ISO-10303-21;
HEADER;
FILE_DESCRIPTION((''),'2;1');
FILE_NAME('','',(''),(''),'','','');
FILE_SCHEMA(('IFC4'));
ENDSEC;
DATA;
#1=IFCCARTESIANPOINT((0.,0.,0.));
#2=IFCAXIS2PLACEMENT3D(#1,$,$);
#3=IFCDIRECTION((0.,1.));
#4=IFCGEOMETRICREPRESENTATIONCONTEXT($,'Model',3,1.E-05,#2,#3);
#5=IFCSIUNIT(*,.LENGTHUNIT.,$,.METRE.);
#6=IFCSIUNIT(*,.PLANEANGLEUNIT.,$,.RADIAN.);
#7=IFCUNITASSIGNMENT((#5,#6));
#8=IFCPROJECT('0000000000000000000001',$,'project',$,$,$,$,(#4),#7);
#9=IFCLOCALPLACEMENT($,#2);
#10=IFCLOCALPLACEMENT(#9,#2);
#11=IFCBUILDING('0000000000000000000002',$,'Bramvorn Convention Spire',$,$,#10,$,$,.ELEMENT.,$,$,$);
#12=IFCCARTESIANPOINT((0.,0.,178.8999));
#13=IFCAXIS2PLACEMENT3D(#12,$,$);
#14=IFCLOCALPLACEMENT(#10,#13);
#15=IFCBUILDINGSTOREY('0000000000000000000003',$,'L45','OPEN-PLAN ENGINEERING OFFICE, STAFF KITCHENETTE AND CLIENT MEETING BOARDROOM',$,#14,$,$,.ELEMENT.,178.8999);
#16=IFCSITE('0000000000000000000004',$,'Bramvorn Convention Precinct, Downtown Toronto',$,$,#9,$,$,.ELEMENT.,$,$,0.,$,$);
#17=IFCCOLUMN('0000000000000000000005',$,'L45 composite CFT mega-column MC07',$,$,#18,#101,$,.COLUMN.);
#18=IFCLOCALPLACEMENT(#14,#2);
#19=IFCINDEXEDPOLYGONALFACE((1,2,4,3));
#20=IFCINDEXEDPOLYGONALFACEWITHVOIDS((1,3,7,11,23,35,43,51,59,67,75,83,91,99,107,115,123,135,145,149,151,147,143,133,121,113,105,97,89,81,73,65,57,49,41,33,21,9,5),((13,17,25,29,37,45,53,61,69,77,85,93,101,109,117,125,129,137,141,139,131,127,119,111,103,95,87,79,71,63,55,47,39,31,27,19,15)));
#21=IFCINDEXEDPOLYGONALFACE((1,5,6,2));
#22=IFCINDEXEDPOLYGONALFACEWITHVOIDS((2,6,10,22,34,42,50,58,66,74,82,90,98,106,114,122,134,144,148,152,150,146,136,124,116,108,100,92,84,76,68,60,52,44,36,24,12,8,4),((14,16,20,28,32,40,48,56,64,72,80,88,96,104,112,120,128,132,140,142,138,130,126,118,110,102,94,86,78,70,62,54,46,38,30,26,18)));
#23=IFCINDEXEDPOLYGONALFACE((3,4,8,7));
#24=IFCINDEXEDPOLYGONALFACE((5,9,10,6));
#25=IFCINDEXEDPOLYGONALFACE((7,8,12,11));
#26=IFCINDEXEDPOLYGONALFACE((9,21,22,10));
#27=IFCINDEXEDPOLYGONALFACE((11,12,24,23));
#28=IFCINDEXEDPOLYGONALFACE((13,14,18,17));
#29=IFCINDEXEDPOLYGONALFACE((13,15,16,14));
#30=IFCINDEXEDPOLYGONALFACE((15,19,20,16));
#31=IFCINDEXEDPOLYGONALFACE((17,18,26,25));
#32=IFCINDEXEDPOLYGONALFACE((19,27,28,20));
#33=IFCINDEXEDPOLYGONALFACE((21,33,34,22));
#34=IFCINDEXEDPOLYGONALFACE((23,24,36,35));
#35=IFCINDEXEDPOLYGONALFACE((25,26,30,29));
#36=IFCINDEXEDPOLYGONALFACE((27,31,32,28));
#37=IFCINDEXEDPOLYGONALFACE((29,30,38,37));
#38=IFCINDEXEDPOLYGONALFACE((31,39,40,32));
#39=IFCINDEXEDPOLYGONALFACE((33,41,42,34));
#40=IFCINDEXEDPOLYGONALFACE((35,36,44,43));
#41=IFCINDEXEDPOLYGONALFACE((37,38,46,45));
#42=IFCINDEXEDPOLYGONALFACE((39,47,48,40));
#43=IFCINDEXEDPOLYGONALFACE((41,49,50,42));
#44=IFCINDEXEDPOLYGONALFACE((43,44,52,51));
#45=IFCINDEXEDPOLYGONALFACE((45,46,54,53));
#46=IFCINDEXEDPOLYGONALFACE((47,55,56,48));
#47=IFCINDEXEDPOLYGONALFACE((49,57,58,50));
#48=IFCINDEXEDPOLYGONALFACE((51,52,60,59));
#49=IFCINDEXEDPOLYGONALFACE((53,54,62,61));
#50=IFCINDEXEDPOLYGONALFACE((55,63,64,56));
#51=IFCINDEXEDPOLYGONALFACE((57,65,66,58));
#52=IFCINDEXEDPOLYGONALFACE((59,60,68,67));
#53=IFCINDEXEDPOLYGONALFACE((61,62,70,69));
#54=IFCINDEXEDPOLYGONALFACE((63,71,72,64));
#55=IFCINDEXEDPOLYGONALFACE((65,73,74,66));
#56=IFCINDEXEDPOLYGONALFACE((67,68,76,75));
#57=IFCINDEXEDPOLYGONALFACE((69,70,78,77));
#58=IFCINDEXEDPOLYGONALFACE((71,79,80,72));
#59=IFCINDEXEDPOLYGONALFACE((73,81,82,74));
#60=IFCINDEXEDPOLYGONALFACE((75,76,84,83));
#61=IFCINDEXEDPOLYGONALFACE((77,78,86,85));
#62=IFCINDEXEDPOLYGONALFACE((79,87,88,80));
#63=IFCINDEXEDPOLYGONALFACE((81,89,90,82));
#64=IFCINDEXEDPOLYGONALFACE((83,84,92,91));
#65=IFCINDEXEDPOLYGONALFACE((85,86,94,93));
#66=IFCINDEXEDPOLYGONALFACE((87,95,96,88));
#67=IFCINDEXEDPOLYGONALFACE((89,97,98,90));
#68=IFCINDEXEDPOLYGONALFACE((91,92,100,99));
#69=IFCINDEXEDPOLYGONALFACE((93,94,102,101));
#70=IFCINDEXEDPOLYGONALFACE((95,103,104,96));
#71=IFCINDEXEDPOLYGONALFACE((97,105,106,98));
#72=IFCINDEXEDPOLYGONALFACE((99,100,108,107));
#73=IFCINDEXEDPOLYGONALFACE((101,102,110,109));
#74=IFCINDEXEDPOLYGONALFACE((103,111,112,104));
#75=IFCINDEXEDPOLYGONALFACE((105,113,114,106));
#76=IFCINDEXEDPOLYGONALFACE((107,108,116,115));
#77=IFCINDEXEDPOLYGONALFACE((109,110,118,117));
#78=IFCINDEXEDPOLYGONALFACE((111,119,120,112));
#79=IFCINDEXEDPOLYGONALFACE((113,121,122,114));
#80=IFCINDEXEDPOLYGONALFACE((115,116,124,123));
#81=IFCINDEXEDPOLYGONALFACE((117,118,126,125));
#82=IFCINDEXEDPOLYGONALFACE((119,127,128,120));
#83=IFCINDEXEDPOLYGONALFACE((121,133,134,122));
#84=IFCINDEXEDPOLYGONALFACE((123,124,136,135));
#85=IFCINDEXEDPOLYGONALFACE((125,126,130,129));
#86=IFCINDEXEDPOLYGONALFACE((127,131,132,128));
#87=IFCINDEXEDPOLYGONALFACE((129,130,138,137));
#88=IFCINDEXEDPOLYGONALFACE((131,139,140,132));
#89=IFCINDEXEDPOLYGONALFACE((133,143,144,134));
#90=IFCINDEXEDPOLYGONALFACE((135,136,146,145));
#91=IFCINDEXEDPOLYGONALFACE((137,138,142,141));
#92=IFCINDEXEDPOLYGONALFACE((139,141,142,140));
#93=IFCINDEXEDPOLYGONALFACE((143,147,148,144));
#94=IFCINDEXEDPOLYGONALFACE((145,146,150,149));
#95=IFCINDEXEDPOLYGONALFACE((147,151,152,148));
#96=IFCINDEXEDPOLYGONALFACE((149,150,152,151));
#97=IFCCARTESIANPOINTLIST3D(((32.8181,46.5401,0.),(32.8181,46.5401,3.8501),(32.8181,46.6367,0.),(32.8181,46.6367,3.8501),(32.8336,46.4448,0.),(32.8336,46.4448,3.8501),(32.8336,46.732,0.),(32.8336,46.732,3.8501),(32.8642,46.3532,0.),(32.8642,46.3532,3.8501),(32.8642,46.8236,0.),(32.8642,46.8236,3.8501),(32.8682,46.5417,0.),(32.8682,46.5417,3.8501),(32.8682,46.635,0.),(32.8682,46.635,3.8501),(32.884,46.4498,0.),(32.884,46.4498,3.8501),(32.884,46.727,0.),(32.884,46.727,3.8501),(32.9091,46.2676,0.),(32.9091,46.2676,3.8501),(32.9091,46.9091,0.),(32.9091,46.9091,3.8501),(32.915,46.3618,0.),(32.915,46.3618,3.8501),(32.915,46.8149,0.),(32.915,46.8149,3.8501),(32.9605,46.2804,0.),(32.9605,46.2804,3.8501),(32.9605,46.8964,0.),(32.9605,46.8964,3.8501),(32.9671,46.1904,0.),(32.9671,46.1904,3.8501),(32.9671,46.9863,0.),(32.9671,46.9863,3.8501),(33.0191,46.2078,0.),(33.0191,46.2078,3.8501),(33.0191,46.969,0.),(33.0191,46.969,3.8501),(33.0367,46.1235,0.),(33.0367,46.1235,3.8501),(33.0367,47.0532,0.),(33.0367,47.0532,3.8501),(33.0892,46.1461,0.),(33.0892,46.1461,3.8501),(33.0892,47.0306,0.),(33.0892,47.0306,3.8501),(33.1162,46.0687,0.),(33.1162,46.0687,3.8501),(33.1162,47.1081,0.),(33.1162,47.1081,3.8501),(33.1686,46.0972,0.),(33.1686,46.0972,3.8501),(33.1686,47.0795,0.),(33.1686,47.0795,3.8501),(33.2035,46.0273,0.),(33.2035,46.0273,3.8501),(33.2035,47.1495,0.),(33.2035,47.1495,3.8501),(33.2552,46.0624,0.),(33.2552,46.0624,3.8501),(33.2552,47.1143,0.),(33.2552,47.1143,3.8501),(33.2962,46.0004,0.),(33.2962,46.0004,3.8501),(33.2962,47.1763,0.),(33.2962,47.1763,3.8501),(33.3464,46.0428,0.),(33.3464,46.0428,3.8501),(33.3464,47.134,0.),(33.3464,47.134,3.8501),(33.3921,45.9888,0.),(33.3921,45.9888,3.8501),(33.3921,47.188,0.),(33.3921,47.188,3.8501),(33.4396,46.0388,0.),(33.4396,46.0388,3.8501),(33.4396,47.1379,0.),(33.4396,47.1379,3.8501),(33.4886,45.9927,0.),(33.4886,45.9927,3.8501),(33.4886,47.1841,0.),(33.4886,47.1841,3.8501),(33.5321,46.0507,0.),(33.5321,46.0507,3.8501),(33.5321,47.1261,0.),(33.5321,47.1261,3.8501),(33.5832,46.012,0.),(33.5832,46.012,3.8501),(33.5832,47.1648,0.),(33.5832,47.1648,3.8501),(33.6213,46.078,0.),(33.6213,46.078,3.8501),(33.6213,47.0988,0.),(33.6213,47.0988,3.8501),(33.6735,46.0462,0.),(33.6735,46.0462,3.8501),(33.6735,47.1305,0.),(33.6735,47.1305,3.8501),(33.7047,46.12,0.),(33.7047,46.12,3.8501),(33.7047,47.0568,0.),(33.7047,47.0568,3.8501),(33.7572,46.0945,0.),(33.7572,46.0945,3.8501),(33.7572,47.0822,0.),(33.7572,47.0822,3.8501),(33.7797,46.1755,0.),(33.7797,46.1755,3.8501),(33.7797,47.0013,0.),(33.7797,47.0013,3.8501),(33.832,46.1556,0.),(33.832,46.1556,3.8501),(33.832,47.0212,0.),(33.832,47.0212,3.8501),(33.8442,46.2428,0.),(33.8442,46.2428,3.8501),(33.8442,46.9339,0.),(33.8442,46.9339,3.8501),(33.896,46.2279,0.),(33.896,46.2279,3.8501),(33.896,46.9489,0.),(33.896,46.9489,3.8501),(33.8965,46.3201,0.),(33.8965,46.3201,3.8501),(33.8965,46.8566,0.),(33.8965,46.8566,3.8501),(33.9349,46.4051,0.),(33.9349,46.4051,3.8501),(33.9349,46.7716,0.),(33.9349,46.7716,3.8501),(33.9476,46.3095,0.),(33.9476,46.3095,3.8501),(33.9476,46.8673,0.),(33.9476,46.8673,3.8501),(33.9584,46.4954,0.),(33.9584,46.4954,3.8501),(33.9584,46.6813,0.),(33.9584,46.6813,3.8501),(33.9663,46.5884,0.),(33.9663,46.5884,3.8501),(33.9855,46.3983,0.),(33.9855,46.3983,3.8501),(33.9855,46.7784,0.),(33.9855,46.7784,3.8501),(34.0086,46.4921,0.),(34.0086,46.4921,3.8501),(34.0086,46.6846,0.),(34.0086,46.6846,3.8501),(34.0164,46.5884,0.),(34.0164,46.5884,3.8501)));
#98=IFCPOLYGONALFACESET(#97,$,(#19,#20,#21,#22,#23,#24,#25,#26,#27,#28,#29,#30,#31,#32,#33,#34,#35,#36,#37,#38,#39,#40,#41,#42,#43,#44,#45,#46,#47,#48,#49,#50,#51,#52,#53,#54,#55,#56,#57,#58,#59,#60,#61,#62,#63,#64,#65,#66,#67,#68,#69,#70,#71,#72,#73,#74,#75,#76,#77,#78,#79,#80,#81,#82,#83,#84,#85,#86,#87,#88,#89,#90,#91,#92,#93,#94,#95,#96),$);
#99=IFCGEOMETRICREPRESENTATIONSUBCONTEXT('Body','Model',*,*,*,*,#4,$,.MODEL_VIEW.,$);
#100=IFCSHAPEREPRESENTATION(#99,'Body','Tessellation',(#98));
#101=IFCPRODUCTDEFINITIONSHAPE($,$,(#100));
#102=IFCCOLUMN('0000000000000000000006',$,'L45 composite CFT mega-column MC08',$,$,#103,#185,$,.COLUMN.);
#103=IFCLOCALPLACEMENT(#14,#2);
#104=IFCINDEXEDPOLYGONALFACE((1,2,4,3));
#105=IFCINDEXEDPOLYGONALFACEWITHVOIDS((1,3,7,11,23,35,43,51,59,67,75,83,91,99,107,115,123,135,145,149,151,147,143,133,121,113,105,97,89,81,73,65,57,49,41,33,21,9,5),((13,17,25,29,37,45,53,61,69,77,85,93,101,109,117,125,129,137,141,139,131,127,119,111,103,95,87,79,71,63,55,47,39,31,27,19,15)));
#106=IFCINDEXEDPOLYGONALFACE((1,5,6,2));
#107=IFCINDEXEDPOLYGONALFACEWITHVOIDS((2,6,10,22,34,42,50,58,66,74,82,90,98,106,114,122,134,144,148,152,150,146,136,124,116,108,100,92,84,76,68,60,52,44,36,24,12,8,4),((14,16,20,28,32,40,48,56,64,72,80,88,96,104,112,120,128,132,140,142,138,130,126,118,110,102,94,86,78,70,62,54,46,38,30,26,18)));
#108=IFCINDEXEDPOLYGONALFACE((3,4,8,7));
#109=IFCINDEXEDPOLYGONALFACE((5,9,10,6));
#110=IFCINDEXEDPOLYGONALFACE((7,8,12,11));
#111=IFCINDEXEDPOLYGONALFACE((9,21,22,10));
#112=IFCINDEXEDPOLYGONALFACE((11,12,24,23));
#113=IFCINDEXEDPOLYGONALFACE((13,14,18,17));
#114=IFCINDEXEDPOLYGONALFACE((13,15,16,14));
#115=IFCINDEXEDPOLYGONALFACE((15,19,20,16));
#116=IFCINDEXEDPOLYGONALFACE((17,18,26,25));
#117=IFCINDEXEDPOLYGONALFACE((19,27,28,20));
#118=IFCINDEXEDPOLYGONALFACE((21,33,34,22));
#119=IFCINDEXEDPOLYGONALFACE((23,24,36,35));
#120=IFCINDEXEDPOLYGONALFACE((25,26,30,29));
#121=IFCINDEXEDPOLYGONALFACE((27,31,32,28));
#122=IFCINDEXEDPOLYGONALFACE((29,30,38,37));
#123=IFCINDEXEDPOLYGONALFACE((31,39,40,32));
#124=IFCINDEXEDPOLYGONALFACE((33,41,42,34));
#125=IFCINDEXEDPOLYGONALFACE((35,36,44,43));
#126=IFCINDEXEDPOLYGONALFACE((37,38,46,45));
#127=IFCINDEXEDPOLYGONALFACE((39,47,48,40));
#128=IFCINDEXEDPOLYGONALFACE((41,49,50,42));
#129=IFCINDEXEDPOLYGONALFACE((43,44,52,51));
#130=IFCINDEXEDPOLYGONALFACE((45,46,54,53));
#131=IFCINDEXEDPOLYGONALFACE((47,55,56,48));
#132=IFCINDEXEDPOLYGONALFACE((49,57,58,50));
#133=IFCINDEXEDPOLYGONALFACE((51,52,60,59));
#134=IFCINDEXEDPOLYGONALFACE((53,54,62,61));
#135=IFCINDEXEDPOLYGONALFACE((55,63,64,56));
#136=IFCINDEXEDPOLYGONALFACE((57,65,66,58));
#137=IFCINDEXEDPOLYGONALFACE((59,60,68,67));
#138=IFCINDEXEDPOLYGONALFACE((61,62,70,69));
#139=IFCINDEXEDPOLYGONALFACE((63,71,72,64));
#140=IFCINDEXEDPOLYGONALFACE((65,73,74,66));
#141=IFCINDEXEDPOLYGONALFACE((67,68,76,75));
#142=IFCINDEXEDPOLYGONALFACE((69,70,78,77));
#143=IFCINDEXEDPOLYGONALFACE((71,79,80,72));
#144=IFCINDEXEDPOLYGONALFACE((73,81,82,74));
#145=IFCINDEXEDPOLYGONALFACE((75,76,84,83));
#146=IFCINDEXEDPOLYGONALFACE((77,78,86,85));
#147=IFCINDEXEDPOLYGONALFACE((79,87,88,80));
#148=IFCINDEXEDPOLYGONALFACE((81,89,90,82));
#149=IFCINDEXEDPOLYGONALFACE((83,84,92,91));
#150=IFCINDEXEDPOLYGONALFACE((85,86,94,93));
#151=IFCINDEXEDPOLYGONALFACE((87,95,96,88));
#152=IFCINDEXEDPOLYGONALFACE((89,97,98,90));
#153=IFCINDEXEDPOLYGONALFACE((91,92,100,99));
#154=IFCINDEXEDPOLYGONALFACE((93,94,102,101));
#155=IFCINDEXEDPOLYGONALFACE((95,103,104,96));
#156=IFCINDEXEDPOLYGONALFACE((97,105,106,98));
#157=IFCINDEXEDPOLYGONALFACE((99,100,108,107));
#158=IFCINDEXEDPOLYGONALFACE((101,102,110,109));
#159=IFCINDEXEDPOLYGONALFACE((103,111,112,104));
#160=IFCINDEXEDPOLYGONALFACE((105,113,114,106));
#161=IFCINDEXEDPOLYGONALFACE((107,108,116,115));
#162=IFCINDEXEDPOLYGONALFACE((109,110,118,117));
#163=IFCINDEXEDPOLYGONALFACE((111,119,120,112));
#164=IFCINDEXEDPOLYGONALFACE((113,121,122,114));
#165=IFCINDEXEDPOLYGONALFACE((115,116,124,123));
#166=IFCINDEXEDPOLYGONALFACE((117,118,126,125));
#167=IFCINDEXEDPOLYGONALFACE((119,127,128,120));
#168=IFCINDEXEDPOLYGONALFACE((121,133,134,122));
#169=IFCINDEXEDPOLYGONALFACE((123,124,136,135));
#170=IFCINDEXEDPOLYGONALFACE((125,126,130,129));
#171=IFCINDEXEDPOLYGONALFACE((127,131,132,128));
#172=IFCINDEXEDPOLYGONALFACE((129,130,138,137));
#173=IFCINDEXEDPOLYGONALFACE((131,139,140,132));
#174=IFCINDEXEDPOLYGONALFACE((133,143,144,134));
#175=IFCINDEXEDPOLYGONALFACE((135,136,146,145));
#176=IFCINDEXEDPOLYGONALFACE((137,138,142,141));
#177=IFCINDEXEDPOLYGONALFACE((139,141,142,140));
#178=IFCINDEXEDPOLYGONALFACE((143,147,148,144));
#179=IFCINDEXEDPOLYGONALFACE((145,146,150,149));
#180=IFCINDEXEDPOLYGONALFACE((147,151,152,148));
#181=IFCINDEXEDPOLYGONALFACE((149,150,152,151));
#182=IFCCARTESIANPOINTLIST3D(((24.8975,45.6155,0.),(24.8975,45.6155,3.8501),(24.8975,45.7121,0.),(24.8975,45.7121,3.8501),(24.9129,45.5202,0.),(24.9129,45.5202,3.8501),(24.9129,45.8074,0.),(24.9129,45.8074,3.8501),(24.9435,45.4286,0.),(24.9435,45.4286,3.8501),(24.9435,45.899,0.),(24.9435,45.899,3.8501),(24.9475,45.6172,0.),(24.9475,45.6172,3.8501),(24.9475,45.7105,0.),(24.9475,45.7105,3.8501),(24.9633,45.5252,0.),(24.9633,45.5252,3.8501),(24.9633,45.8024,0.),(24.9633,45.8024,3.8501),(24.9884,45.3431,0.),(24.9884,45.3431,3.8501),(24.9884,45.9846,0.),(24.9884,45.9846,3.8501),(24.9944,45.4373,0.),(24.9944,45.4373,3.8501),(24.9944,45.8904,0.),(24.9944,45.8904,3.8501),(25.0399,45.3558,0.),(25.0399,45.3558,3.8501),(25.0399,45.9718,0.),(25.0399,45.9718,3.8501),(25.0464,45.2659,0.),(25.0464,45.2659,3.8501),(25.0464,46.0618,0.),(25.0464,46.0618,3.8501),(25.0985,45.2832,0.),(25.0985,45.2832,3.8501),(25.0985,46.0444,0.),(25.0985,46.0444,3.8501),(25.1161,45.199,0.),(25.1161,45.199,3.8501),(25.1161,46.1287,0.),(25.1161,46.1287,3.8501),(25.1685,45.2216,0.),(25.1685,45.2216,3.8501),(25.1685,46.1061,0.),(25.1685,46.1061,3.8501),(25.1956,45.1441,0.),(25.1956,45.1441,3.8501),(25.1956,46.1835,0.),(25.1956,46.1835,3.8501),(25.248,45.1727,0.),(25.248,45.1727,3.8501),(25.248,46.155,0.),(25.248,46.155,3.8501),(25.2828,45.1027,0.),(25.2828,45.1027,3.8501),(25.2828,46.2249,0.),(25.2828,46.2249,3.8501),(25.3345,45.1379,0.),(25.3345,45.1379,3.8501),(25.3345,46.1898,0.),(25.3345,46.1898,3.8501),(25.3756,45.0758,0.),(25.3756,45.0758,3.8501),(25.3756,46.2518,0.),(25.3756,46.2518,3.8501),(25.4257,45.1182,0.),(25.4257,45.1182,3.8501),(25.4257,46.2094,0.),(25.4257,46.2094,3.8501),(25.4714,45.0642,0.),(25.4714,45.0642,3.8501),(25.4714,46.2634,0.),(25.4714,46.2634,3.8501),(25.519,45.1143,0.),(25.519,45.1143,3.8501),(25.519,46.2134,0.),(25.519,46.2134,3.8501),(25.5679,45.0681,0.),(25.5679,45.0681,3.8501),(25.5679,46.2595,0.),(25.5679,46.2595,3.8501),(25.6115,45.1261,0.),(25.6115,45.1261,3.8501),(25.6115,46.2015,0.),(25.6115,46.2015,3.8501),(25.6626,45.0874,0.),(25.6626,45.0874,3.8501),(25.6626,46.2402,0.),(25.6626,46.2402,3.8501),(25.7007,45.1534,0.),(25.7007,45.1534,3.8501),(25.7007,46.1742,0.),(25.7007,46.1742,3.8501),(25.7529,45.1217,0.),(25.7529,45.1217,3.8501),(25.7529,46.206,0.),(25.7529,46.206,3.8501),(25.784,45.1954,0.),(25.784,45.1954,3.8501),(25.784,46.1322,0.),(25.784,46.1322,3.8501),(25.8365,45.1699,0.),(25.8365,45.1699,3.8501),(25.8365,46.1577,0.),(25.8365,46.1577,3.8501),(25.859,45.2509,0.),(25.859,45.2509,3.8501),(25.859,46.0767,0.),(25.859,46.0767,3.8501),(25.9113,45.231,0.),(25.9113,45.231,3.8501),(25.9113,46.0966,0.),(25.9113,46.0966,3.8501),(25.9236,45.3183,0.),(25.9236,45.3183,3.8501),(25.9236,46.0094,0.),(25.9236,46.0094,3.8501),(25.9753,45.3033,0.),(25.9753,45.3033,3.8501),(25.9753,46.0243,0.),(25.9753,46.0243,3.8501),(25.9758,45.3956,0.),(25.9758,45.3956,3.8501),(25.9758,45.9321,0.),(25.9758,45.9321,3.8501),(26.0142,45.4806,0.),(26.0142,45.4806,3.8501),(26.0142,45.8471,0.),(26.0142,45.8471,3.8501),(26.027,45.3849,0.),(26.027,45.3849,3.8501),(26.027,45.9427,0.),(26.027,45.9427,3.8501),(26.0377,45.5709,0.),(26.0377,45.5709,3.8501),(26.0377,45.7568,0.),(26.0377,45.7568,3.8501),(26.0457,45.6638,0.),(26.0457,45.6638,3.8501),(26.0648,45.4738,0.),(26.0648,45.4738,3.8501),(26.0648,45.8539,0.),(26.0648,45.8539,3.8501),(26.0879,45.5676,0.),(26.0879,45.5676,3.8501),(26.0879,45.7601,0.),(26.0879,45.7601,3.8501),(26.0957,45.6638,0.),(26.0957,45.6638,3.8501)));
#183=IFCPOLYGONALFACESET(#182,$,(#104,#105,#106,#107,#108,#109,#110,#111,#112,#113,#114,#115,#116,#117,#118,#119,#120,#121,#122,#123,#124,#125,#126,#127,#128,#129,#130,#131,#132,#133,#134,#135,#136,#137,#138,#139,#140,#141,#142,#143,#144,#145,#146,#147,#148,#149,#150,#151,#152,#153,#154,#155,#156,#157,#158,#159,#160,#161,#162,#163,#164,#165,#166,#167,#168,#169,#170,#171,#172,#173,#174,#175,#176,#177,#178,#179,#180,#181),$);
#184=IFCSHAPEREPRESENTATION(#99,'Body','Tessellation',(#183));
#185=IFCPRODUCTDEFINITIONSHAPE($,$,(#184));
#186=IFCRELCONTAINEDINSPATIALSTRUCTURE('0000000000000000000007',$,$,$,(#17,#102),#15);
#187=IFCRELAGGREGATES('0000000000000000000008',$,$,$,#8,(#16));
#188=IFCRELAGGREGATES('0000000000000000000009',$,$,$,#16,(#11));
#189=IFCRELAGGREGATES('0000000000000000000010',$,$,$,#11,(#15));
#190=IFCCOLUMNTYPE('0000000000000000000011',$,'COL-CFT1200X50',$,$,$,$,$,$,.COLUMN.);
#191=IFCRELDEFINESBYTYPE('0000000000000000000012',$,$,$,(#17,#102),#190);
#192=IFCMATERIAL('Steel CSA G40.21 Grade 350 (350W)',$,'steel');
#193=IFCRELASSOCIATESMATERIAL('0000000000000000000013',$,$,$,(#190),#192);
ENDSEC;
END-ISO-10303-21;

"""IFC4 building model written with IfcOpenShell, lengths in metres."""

from ifc_helpers import new_model, si_unit, direction, frame, origin, origin_2d, place, context, subcontext, project, spatial, hollow_circle, extrude, material, material_profile, profile_set, type_object, element, save


model = new_model("IFC4")

# Units and contexts
model_context = context("Model", 3, precision=1e-05, world=origin(), true_north=direction((0.0, 1.0)))
body_context = subcontext(model_context, "Body", "Model", "MODEL_VIEW")
ifc_project = project(units=[si_unit("LENGTHUNIT", "METRE"), si_unit("PLANEANGLEUNIT", "RADIAN")], contexts=[model_context])

# Site, building, storey
site_placement = place(None, origin())
site = spatial("IfcSite", under=ifc_project, at=site_placement, Name="Bramvorn Convention Precinct, Downtown Toronto", CompositionType="ELEMENT", RefElevation=0.0)
building_placement = place(site_placement, origin())
building = spatial("IfcBuilding", under=site, at=building_placement, Name="Bramvorn Convention Spire", CompositionType="ELEMENT")
storey_placement = place(building_placement, frame((0.0, 0.0, 178.8999)))
storey = spatial("IfcBuildingStorey", under=building, at=storey_placement, Name="L45", Description="OPEN-PLAN ENGINEERING OFFICE, STAFF KITCHENETTE AND CLIENT MEETING BOARDROOM", CompositionType="ELEMENT", Elevation=178.8999)

# Columns
ifc_material_1 = material(Name="Steel CSA G40.21 Grade 350 (350W)", Category="steel")
ifc_material_profile_1 = material_profile(ifc_material_1, hollow_circle(Radius=0.6001, WallThickness=0.05, at=origin_2d()))
ifc_profile_set_1 = profile_set([ifc_material_profile_1], Name="Steel CSA G40.21 Grade 350 (350W) - CFT1200X50")
column_type = type_object("IfcColumnType", Name="COL-CFT1200X50", PredefinedType="COLUMN", material=ifc_profile_set_1)
for number, where, z_axis, x_axis, name in (
    (1, (33.4163, 46.5884, 0.0), (0.0, 0.0, 1.0), (1.0, 0.0, 0.0), "L45 composite CFT mega-column MC07"),
    (2, (25.4956, 45.6638, 0.0), (0.0, 0.0, 1.0), (1.0, 0.0, 0.0), "L45 composite CFT mega-column MC08"),
):
    element("IfcColumn", number, at=place(storey_placement, frame(where, z_axis=z_axis, x_axis=x_axis)), inside=storey, type_object=column_type, Name=name, PredefinedType="COLUMN", context=body_context, shape_type="SweptSolid", body=[
        extrude(hollow_circle(Radius=0.6001, WallThickness=0.05, at=origin_2d()), origin(), (0.0, 0.0, 1.0), 3.8501),
    ])

save(model, "model.ifc")
